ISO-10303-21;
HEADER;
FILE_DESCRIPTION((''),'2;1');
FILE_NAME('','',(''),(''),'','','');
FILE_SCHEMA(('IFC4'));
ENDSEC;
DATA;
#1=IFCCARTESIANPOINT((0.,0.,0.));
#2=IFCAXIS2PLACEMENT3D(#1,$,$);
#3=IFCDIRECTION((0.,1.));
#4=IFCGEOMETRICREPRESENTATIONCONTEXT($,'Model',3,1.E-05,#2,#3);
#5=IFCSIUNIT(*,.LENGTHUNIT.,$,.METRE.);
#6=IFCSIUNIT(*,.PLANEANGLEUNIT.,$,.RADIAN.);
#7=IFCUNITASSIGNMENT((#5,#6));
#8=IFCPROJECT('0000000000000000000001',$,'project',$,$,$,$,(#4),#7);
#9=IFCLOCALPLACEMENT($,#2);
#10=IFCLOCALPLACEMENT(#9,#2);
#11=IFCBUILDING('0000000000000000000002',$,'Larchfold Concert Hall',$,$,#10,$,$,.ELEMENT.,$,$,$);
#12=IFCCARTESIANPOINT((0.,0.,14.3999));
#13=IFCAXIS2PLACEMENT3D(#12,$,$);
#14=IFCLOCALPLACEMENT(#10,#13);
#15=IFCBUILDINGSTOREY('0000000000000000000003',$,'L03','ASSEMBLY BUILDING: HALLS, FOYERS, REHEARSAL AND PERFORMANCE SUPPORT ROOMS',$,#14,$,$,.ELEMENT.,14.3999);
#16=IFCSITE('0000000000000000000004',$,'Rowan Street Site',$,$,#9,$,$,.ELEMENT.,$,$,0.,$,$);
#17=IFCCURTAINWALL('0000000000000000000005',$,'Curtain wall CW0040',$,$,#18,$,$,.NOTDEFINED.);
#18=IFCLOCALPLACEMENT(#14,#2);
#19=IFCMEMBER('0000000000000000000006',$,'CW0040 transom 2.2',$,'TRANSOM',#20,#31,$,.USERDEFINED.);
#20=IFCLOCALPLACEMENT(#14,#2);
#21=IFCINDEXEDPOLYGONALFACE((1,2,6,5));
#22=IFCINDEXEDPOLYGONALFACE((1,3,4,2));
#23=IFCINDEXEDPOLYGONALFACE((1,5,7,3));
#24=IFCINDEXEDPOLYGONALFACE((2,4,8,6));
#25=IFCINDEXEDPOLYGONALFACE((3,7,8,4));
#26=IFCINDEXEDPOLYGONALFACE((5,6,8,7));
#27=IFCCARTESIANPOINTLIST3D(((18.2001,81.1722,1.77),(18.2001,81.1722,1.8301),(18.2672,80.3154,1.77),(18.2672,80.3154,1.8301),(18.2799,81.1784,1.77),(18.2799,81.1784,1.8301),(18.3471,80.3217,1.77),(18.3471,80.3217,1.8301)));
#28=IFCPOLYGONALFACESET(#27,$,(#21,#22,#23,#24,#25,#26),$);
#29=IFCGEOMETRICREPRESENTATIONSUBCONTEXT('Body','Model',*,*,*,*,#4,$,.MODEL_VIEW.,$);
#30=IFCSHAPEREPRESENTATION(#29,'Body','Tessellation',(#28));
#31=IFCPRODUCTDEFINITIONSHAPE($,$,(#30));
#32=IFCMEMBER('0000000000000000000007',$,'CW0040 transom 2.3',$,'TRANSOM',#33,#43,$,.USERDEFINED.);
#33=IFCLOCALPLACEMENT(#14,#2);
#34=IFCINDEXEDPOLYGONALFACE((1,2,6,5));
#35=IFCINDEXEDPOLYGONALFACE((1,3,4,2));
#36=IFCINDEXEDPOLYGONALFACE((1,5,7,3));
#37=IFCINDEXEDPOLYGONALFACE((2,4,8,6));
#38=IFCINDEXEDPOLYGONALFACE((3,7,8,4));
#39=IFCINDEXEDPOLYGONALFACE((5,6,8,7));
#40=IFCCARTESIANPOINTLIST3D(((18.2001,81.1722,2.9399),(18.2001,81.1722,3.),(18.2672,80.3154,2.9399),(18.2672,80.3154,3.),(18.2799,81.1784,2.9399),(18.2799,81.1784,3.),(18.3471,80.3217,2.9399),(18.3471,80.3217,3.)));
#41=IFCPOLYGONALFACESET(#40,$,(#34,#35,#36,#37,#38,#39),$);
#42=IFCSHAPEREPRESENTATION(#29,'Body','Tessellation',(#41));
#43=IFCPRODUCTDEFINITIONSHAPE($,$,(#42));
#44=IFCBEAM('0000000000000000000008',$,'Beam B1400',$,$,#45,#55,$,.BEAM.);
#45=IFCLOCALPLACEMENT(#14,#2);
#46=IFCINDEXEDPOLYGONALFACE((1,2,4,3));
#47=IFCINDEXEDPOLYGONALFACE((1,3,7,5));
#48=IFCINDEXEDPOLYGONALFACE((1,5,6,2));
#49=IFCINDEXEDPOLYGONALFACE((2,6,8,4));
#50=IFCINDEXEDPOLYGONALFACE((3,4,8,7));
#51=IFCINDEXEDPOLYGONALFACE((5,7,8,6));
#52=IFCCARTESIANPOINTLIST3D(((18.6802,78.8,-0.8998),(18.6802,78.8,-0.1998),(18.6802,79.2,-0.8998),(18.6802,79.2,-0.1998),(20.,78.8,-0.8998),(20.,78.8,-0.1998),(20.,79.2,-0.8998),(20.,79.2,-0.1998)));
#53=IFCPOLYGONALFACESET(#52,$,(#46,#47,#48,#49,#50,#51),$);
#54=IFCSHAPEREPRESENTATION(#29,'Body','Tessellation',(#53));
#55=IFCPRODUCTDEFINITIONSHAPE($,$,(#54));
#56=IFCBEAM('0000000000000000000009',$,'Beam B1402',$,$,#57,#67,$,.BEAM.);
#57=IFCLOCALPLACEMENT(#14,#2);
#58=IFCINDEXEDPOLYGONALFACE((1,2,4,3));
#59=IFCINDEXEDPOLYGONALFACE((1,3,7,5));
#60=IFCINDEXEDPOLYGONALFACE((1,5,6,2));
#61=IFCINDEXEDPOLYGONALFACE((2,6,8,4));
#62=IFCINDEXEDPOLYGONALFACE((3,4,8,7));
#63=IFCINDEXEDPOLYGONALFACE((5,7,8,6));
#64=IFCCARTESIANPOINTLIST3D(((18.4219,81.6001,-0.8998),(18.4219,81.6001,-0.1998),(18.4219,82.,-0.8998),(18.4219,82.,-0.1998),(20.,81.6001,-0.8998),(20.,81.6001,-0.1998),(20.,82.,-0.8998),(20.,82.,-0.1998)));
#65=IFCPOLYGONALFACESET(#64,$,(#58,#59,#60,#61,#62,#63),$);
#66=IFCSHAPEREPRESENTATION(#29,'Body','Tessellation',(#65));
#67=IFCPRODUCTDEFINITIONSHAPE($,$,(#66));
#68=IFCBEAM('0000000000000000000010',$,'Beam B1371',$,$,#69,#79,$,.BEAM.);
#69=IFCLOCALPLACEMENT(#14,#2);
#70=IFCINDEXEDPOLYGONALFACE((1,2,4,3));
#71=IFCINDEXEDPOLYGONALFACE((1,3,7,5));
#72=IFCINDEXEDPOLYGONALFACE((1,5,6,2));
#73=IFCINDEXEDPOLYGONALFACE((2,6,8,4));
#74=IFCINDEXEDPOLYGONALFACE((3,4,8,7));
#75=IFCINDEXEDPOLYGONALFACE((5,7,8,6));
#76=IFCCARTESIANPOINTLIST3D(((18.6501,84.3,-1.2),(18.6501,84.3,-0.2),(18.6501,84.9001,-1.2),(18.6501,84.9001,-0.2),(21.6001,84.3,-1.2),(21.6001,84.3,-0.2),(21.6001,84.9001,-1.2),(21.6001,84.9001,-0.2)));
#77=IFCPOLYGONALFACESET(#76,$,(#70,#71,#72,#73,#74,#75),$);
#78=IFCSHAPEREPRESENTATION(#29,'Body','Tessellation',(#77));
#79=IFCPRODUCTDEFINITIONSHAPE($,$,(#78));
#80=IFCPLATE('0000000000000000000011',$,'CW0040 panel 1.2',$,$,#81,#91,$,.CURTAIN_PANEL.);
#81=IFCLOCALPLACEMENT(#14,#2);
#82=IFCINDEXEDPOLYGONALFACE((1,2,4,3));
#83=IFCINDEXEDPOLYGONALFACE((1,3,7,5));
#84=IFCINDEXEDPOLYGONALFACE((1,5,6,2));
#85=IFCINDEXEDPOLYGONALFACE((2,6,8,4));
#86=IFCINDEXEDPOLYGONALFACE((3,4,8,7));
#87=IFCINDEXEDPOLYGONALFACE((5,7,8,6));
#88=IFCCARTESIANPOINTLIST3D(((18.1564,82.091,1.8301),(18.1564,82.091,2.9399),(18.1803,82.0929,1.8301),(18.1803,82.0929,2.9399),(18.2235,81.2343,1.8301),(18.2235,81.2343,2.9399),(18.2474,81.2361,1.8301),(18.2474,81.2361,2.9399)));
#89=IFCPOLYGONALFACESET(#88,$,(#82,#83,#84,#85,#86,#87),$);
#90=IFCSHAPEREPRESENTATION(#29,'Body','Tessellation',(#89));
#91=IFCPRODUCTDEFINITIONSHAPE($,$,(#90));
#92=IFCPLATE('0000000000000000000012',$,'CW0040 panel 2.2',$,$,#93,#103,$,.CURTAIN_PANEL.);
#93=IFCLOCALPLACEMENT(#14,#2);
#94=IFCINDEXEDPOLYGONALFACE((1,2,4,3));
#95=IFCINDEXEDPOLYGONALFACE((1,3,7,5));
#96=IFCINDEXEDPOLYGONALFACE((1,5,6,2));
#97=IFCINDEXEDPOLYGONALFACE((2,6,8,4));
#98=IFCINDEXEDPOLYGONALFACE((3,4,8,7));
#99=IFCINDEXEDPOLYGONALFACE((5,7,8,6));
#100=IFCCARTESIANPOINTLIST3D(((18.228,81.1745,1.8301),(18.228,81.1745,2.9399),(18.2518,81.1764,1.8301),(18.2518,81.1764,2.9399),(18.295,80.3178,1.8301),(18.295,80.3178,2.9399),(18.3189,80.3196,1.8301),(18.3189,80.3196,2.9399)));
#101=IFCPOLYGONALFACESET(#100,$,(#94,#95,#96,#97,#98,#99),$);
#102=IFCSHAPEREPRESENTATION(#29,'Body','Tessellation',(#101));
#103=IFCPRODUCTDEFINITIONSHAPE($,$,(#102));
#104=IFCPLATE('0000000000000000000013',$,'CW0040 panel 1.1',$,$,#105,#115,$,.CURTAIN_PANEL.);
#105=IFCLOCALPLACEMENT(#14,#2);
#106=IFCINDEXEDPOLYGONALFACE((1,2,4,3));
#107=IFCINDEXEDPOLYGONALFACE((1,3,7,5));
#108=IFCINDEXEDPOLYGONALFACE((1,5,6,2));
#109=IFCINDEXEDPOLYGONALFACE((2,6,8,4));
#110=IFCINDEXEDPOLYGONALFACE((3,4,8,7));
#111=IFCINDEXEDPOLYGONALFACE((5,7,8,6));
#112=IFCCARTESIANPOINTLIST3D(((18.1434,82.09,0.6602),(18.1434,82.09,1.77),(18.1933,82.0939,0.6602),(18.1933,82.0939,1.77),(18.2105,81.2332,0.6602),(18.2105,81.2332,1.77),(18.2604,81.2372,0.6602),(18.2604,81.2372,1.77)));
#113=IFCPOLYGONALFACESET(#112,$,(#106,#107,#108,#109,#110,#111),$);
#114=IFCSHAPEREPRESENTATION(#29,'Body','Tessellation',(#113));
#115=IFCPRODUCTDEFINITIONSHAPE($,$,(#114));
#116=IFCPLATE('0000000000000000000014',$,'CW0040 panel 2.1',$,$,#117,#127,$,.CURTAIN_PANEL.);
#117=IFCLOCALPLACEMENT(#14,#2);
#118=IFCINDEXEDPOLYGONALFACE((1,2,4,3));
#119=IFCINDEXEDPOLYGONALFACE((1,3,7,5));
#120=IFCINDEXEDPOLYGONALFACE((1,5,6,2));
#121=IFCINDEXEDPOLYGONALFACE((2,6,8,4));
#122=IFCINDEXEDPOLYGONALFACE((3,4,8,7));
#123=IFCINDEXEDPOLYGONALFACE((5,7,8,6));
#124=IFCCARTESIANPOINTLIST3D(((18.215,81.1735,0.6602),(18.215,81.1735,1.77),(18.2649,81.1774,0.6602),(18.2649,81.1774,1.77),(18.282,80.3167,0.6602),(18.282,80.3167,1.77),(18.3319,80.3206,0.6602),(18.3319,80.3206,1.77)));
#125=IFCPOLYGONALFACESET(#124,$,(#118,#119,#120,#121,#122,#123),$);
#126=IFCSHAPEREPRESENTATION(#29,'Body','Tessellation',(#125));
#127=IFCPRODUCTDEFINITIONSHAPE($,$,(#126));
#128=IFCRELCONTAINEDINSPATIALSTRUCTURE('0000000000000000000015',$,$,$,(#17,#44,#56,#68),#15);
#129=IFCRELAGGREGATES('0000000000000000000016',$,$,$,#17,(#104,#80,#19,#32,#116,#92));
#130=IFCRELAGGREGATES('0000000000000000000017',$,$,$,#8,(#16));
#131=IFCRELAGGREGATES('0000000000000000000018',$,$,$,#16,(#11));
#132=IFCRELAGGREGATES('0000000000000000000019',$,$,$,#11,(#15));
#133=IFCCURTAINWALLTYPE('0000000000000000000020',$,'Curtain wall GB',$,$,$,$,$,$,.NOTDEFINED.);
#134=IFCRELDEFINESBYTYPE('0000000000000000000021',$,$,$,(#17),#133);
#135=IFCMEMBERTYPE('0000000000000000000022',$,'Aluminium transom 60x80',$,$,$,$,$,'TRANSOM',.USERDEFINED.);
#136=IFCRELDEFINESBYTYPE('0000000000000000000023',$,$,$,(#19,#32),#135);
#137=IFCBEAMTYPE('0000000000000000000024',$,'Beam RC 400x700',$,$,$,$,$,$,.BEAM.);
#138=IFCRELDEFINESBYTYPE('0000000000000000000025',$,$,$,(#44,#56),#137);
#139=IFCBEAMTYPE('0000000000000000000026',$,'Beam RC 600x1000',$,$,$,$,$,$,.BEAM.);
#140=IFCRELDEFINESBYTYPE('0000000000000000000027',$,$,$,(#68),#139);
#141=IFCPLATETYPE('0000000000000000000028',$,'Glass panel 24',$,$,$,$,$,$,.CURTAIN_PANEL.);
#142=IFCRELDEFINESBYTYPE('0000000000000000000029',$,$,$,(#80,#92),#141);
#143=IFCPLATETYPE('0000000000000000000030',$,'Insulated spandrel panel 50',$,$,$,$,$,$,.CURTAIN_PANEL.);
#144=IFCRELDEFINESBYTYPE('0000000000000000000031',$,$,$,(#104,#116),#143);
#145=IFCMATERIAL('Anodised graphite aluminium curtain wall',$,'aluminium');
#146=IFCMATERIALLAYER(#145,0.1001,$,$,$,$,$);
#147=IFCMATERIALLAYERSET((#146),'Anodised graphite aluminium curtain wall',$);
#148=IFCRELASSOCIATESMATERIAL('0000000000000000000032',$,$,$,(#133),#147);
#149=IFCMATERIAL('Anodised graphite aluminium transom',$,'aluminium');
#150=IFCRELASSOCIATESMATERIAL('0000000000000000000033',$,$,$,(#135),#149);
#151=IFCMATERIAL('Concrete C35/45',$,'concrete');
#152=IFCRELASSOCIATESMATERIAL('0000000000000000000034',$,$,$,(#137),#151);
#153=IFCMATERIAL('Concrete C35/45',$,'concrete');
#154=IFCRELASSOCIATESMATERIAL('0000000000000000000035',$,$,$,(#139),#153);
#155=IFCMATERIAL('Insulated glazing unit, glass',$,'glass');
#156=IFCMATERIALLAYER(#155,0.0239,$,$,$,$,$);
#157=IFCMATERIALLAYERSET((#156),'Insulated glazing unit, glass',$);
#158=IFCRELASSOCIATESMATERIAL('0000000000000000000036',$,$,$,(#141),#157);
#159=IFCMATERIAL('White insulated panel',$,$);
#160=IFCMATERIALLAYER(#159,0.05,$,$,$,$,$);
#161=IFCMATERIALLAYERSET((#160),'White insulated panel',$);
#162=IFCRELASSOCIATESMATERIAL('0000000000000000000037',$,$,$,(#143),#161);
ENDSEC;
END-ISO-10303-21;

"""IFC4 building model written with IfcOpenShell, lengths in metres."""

from ifc_helpers import new_model, si_unit, direction, frame, origin, origin_2d, place, context, subcontext, project, spatial, rectangle, extrude, material, layer, layer_set, material_profile, profile_set, type_object, element, aggregate, save


model = new_model("IFC4")

# Units and contexts
model_context = context("Model", 3, precision=1e-05, world=origin(), true_north=direction((0.0, 1.0)))
body_context = subcontext(model_context, "Body", "Model", "MODEL_VIEW")
ifc_project = project(units=[si_unit("LENGTHUNIT", "METRE"), si_unit("PLANEANGLEUNIT", "RADIAN")], contexts=[model_context])

# Site, building, storey
site_placement = place(None, origin())
site = spatial("IfcSite", under=ifc_project, at=site_placement, Name="Rowan Street Site", CompositionType="ELEMENT", RefElevation=0.0)
building_placement = place(site_placement, origin())
building = spatial("IfcBuilding", under=site, at=building_placement, Name="Larchfold Concert Hall", CompositionType="ELEMENT")
storey_placement = place(building_placement, frame((0.0, 0.0, 14.3999)))
storey = spatial("IfcBuildingStorey", under=building, at=storey_placement, Name="L03", Description="ASSEMBLY BUILDING: HALLS, FOYERS, REHEARSAL AND PERFORMANCE SUPPORT ROOMS", CompositionType="ELEMENT", Elevation=14.3999)

# Curtain wall
ifc_material_1 = material(Name="Anodised graphite aluminium curtain wall", Category="aluminium")
ifc_layer_1 = layer(ifc_material_1, 0.1001)
ifc_layer_set_1 = layer_set([ifc_layer_1], Name="Anodised graphite aluminium curtain wall")
curtain_wall_type = type_object("IfcCurtainWallType", Name="Curtain wall GB", PredefinedType="NOTDEFINED", material=ifc_layer_set_1)
curtain_wall_1_placement = place(storey_placement, origin())
curtain_wall_1 = element("IfcCurtainWall", 1, at=curtain_wall_1_placement, inside=storey, type_object=curtain_wall_type, Name="Curtain wall CW0040", PredefinedType="NOTDEFINED")

# Members
ifc_material_2 = material(Name="Anodised graphite aluminium transom", Category="aluminium")
ifc_material_profile_1 = material_profile(ifc_material_2, rectangle(XDim=0.0801, YDim=0.0601, at=origin_2d()))
ifc_profile_set_1 = profile_set([ifc_material_profile_1], Name="Anodised graphite aluminium transom")
member_type_1 = type_object("IfcMemberType", Name="Aluminium transom 60x80", ElementType="TRANSOM", PredefinedType="USERDEFINED", material=ifc_profile_set_1)
member_1_placement = place(storey_placement, frame((18.24, 81.1753, 1.8), z_axis=(0.07813, -0.996943, 0.0), x_axis=(0.996943, 0.07813, 0.0)))
member_1 = element("IfcMember", 2, at=member_1_placement, type_object=member_type_1, Name="CW0040 transom 2.2", ObjectType="TRANSOM", PredefinedType="USERDEFINED", context=body_context, shape_type="SweptSolid", body=[
    extrude(rectangle(XDim=0.0801, YDim=0.0601, at=origin_2d()), origin(), (0.0, 0.0, 1.0), 0.8594),
])
member_2_placement = place(storey_placement, frame((18.24, 81.1753, 2.97), z_axis=(0.07813, -0.996943, 0.0), x_axis=(0.996943, 0.07813, 0.0)))
member_2 = element("IfcMember", 3, at=member_2_placement, type_object=member_type_1, Name="CW0040 transom 2.3", ObjectType="TRANSOM", PredefinedType="USERDEFINED", context=body_context, shape_type="SweptSolid", body=[
    extrude(rectangle(XDim=0.0801, YDim=0.0601, at=origin_2d()), origin(), (0.0, 0.0, 1.0), 0.8594),
])

# Beams
ifc_material_3 = material(Name="Concrete C35/45", Category="concrete")
ifc_material_profile_2 = material_profile(ifc_material_3, rectangle(XDim=0.3999, YDim=0.7, at=origin_2d()))
ifc_profile_set_2 = profile_set([ifc_material_profile_2], Name="Concrete C35/45")
beam_type_1 = type_object("IfcBeamType", Name="Beam RC 400x700", PredefinedType="BEAM", material=ifc_profile_set_2)
beam_1_placement = place(storey_placement, frame((18.6802, 79.0, -0.5498), z_axis=(1.0, 0.0, 0.0), x_axis=(0.0, 1.0, 0.0)))
element("IfcBeam", 4, at=beam_1_placement, inside=storey, type_object=beam_type_1, Name="Beam B1400", PredefinedType="BEAM", context=body_context, shape_type="SweptSolid", body=[
    extrude(rectangle(XDim=0.3999, YDim=0.7, at=origin_2d()), origin(), (0.0, 0.0, 1.0), 1.3198),
])
beam_2_placement = place(storey_placement, frame((18.4219, 81.8, -0.5498), z_axis=(1.0, 0.0, 0.0), x_axis=(0.0, 1.0, 0.0)))
element("IfcBeam", 5, at=beam_2_placement, inside=storey, type_object=beam_type_1, Name="Beam B1402", PredefinedType="BEAM", context=body_context, shape_type="SweptSolid", body=[
    extrude(rectangle(XDim=0.3999, YDim=0.7, at=origin_2d()), origin(), (0.0, 0.0, 1.0), 1.5781),
])
ifc_material_4 = material(Name="Concrete C35/45", Category="concrete")
ifc_material_profile_3 = material_profile(ifc_material_4, rectangle(XDim=0.6001, YDim=1.0, at=origin_2d()))
ifc_profile_set_3 = profile_set([ifc_material_profile_3], Name="Concrete C35/45")
beam_type_2 = type_object("IfcBeamType", Name="Beam RC 600x1000", PredefinedType="BEAM", material=ifc_profile_set_3)
beam_3_placement = place(storey_placement, frame((18.6501, 84.6001, -0.7), z_axis=(1.0, 0.0, 0.0), x_axis=(0.0, 1.0, 0.0)))
element("IfcBeam", 6, at=beam_3_placement, inside=storey, type_object=beam_type_2, Name="Beam B1371", PredefinedType="BEAM", context=body_context, shape_type="SweptSolid", body=[
    extrude(rectangle(XDim=0.6001, YDim=1.0, at=origin_2d()), origin(), (0.0, 0.0, 1.0), 2.95),
])

# Plates
ifc_material_5 = material(Name="Insulated glazing unit, glass", Category="glass")
ifc_layer_2 = layer(ifc_material_5, 0.0239)
ifc_layer_set_2 = layer_set([ifc_layer_2], Name="Insulated glazing unit, glass")
plate_type_1 = type_object("IfcPlateType", Name="Glass panel 24", PredefinedType="CURTAIN_PANEL", material=ifc_layer_set_2)
plate_1_placement = place(storey_placement, frame((18.2019, 81.6636, 1.8301), z_axis=(0.0, 0.0, 1.0), x_axis=(0.078043, -0.99695, 0.0)))
plate_1 = element("IfcPlate", 7, at=plate_1_placement, type_object=plate_type_1, Name="CW0040 panel 1.2", PredefinedType="CURTAIN_PANEL", context=body_context, shape_type="SweptSolid", body=[
    extrude(rectangle(XDim=0.8594, YDim=0.0239, at=origin_2d()), origin(), (0.0, 0.0, 1.0), 1.1099),
])
plate_2_placement = place(storey_placement, frame((18.2734, 80.7471, 1.8301), z_axis=(0.0, 0.0, 1.0), x_axis=(0.078043, -0.99695, 0.0)))
plate_2 = element("IfcPlate", 8, at=plate_2_placement, type_object=plate_type_1, Name="CW0040 panel 2.2", PredefinedType="CURTAIN_PANEL", context=body_context, shape_type="SweptSolid", body=[
    extrude(rectangle(XDim=0.8594, YDim=0.0239, at=origin_2d()), origin(), (0.0, 0.0, 1.0), 1.1099),
])
ifc_material_6 = material(Name="White insulated panel")
ifc_layer_3 = layer(ifc_material_6, 0.05)
ifc_layer_set_3 = layer_set([ifc_layer_3], Name="White insulated panel")
plate_type_2 = type_object("IfcPlateType", Name="Insulated spandrel panel 50", PredefinedType="CURTAIN_PANEL", material=ifc_layer_set_3)
plate_3_placement = place(storey_placement, frame((18.2019, 81.6636, 0.6602), z_axis=(0.0, 0.0, 1.0), x_axis=(0.078043, -0.99695, 0.0)))
plate_3 = element("IfcPlate", 9, at=plate_3_placement, type_object=plate_type_2, Name="CW0040 panel 1.1", PredefinedType="CURTAIN_PANEL", context=body_context, shape_type="SweptSolid", body=[
    extrude(rectangle(XDim=0.8594, YDim=0.05, at=origin_2d()), origin(), (0.0, 0.0, 1.0), 1.1099),
])
plate_4_placement = place(storey_placement, frame((18.2734, 80.7471, 0.6602), z_axis=(0.0, 0.0, 1.0), x_axis=(0.078043, -0.99695, 0.0)))
plate_4 = element("IfcPlate", 10, at=plate_4_placement, type_object=plate_type_2, Name="CW0040 panel 2.1", PredefinedType="CURTAIN_PANEL", context=body_context, shape_type="SweptSolid", body=[
    extrude(rectangle(XDim=0.8594, YDim=0.05, at=origin_2d()), origin(), (0.0, 0.0, 1.0), 1.1099),
])
aggregate(curtain_wall_1, [plate_3, plate_1, member_1, member_2, plate_4, plate_2])

save(model, "model.ifc")
